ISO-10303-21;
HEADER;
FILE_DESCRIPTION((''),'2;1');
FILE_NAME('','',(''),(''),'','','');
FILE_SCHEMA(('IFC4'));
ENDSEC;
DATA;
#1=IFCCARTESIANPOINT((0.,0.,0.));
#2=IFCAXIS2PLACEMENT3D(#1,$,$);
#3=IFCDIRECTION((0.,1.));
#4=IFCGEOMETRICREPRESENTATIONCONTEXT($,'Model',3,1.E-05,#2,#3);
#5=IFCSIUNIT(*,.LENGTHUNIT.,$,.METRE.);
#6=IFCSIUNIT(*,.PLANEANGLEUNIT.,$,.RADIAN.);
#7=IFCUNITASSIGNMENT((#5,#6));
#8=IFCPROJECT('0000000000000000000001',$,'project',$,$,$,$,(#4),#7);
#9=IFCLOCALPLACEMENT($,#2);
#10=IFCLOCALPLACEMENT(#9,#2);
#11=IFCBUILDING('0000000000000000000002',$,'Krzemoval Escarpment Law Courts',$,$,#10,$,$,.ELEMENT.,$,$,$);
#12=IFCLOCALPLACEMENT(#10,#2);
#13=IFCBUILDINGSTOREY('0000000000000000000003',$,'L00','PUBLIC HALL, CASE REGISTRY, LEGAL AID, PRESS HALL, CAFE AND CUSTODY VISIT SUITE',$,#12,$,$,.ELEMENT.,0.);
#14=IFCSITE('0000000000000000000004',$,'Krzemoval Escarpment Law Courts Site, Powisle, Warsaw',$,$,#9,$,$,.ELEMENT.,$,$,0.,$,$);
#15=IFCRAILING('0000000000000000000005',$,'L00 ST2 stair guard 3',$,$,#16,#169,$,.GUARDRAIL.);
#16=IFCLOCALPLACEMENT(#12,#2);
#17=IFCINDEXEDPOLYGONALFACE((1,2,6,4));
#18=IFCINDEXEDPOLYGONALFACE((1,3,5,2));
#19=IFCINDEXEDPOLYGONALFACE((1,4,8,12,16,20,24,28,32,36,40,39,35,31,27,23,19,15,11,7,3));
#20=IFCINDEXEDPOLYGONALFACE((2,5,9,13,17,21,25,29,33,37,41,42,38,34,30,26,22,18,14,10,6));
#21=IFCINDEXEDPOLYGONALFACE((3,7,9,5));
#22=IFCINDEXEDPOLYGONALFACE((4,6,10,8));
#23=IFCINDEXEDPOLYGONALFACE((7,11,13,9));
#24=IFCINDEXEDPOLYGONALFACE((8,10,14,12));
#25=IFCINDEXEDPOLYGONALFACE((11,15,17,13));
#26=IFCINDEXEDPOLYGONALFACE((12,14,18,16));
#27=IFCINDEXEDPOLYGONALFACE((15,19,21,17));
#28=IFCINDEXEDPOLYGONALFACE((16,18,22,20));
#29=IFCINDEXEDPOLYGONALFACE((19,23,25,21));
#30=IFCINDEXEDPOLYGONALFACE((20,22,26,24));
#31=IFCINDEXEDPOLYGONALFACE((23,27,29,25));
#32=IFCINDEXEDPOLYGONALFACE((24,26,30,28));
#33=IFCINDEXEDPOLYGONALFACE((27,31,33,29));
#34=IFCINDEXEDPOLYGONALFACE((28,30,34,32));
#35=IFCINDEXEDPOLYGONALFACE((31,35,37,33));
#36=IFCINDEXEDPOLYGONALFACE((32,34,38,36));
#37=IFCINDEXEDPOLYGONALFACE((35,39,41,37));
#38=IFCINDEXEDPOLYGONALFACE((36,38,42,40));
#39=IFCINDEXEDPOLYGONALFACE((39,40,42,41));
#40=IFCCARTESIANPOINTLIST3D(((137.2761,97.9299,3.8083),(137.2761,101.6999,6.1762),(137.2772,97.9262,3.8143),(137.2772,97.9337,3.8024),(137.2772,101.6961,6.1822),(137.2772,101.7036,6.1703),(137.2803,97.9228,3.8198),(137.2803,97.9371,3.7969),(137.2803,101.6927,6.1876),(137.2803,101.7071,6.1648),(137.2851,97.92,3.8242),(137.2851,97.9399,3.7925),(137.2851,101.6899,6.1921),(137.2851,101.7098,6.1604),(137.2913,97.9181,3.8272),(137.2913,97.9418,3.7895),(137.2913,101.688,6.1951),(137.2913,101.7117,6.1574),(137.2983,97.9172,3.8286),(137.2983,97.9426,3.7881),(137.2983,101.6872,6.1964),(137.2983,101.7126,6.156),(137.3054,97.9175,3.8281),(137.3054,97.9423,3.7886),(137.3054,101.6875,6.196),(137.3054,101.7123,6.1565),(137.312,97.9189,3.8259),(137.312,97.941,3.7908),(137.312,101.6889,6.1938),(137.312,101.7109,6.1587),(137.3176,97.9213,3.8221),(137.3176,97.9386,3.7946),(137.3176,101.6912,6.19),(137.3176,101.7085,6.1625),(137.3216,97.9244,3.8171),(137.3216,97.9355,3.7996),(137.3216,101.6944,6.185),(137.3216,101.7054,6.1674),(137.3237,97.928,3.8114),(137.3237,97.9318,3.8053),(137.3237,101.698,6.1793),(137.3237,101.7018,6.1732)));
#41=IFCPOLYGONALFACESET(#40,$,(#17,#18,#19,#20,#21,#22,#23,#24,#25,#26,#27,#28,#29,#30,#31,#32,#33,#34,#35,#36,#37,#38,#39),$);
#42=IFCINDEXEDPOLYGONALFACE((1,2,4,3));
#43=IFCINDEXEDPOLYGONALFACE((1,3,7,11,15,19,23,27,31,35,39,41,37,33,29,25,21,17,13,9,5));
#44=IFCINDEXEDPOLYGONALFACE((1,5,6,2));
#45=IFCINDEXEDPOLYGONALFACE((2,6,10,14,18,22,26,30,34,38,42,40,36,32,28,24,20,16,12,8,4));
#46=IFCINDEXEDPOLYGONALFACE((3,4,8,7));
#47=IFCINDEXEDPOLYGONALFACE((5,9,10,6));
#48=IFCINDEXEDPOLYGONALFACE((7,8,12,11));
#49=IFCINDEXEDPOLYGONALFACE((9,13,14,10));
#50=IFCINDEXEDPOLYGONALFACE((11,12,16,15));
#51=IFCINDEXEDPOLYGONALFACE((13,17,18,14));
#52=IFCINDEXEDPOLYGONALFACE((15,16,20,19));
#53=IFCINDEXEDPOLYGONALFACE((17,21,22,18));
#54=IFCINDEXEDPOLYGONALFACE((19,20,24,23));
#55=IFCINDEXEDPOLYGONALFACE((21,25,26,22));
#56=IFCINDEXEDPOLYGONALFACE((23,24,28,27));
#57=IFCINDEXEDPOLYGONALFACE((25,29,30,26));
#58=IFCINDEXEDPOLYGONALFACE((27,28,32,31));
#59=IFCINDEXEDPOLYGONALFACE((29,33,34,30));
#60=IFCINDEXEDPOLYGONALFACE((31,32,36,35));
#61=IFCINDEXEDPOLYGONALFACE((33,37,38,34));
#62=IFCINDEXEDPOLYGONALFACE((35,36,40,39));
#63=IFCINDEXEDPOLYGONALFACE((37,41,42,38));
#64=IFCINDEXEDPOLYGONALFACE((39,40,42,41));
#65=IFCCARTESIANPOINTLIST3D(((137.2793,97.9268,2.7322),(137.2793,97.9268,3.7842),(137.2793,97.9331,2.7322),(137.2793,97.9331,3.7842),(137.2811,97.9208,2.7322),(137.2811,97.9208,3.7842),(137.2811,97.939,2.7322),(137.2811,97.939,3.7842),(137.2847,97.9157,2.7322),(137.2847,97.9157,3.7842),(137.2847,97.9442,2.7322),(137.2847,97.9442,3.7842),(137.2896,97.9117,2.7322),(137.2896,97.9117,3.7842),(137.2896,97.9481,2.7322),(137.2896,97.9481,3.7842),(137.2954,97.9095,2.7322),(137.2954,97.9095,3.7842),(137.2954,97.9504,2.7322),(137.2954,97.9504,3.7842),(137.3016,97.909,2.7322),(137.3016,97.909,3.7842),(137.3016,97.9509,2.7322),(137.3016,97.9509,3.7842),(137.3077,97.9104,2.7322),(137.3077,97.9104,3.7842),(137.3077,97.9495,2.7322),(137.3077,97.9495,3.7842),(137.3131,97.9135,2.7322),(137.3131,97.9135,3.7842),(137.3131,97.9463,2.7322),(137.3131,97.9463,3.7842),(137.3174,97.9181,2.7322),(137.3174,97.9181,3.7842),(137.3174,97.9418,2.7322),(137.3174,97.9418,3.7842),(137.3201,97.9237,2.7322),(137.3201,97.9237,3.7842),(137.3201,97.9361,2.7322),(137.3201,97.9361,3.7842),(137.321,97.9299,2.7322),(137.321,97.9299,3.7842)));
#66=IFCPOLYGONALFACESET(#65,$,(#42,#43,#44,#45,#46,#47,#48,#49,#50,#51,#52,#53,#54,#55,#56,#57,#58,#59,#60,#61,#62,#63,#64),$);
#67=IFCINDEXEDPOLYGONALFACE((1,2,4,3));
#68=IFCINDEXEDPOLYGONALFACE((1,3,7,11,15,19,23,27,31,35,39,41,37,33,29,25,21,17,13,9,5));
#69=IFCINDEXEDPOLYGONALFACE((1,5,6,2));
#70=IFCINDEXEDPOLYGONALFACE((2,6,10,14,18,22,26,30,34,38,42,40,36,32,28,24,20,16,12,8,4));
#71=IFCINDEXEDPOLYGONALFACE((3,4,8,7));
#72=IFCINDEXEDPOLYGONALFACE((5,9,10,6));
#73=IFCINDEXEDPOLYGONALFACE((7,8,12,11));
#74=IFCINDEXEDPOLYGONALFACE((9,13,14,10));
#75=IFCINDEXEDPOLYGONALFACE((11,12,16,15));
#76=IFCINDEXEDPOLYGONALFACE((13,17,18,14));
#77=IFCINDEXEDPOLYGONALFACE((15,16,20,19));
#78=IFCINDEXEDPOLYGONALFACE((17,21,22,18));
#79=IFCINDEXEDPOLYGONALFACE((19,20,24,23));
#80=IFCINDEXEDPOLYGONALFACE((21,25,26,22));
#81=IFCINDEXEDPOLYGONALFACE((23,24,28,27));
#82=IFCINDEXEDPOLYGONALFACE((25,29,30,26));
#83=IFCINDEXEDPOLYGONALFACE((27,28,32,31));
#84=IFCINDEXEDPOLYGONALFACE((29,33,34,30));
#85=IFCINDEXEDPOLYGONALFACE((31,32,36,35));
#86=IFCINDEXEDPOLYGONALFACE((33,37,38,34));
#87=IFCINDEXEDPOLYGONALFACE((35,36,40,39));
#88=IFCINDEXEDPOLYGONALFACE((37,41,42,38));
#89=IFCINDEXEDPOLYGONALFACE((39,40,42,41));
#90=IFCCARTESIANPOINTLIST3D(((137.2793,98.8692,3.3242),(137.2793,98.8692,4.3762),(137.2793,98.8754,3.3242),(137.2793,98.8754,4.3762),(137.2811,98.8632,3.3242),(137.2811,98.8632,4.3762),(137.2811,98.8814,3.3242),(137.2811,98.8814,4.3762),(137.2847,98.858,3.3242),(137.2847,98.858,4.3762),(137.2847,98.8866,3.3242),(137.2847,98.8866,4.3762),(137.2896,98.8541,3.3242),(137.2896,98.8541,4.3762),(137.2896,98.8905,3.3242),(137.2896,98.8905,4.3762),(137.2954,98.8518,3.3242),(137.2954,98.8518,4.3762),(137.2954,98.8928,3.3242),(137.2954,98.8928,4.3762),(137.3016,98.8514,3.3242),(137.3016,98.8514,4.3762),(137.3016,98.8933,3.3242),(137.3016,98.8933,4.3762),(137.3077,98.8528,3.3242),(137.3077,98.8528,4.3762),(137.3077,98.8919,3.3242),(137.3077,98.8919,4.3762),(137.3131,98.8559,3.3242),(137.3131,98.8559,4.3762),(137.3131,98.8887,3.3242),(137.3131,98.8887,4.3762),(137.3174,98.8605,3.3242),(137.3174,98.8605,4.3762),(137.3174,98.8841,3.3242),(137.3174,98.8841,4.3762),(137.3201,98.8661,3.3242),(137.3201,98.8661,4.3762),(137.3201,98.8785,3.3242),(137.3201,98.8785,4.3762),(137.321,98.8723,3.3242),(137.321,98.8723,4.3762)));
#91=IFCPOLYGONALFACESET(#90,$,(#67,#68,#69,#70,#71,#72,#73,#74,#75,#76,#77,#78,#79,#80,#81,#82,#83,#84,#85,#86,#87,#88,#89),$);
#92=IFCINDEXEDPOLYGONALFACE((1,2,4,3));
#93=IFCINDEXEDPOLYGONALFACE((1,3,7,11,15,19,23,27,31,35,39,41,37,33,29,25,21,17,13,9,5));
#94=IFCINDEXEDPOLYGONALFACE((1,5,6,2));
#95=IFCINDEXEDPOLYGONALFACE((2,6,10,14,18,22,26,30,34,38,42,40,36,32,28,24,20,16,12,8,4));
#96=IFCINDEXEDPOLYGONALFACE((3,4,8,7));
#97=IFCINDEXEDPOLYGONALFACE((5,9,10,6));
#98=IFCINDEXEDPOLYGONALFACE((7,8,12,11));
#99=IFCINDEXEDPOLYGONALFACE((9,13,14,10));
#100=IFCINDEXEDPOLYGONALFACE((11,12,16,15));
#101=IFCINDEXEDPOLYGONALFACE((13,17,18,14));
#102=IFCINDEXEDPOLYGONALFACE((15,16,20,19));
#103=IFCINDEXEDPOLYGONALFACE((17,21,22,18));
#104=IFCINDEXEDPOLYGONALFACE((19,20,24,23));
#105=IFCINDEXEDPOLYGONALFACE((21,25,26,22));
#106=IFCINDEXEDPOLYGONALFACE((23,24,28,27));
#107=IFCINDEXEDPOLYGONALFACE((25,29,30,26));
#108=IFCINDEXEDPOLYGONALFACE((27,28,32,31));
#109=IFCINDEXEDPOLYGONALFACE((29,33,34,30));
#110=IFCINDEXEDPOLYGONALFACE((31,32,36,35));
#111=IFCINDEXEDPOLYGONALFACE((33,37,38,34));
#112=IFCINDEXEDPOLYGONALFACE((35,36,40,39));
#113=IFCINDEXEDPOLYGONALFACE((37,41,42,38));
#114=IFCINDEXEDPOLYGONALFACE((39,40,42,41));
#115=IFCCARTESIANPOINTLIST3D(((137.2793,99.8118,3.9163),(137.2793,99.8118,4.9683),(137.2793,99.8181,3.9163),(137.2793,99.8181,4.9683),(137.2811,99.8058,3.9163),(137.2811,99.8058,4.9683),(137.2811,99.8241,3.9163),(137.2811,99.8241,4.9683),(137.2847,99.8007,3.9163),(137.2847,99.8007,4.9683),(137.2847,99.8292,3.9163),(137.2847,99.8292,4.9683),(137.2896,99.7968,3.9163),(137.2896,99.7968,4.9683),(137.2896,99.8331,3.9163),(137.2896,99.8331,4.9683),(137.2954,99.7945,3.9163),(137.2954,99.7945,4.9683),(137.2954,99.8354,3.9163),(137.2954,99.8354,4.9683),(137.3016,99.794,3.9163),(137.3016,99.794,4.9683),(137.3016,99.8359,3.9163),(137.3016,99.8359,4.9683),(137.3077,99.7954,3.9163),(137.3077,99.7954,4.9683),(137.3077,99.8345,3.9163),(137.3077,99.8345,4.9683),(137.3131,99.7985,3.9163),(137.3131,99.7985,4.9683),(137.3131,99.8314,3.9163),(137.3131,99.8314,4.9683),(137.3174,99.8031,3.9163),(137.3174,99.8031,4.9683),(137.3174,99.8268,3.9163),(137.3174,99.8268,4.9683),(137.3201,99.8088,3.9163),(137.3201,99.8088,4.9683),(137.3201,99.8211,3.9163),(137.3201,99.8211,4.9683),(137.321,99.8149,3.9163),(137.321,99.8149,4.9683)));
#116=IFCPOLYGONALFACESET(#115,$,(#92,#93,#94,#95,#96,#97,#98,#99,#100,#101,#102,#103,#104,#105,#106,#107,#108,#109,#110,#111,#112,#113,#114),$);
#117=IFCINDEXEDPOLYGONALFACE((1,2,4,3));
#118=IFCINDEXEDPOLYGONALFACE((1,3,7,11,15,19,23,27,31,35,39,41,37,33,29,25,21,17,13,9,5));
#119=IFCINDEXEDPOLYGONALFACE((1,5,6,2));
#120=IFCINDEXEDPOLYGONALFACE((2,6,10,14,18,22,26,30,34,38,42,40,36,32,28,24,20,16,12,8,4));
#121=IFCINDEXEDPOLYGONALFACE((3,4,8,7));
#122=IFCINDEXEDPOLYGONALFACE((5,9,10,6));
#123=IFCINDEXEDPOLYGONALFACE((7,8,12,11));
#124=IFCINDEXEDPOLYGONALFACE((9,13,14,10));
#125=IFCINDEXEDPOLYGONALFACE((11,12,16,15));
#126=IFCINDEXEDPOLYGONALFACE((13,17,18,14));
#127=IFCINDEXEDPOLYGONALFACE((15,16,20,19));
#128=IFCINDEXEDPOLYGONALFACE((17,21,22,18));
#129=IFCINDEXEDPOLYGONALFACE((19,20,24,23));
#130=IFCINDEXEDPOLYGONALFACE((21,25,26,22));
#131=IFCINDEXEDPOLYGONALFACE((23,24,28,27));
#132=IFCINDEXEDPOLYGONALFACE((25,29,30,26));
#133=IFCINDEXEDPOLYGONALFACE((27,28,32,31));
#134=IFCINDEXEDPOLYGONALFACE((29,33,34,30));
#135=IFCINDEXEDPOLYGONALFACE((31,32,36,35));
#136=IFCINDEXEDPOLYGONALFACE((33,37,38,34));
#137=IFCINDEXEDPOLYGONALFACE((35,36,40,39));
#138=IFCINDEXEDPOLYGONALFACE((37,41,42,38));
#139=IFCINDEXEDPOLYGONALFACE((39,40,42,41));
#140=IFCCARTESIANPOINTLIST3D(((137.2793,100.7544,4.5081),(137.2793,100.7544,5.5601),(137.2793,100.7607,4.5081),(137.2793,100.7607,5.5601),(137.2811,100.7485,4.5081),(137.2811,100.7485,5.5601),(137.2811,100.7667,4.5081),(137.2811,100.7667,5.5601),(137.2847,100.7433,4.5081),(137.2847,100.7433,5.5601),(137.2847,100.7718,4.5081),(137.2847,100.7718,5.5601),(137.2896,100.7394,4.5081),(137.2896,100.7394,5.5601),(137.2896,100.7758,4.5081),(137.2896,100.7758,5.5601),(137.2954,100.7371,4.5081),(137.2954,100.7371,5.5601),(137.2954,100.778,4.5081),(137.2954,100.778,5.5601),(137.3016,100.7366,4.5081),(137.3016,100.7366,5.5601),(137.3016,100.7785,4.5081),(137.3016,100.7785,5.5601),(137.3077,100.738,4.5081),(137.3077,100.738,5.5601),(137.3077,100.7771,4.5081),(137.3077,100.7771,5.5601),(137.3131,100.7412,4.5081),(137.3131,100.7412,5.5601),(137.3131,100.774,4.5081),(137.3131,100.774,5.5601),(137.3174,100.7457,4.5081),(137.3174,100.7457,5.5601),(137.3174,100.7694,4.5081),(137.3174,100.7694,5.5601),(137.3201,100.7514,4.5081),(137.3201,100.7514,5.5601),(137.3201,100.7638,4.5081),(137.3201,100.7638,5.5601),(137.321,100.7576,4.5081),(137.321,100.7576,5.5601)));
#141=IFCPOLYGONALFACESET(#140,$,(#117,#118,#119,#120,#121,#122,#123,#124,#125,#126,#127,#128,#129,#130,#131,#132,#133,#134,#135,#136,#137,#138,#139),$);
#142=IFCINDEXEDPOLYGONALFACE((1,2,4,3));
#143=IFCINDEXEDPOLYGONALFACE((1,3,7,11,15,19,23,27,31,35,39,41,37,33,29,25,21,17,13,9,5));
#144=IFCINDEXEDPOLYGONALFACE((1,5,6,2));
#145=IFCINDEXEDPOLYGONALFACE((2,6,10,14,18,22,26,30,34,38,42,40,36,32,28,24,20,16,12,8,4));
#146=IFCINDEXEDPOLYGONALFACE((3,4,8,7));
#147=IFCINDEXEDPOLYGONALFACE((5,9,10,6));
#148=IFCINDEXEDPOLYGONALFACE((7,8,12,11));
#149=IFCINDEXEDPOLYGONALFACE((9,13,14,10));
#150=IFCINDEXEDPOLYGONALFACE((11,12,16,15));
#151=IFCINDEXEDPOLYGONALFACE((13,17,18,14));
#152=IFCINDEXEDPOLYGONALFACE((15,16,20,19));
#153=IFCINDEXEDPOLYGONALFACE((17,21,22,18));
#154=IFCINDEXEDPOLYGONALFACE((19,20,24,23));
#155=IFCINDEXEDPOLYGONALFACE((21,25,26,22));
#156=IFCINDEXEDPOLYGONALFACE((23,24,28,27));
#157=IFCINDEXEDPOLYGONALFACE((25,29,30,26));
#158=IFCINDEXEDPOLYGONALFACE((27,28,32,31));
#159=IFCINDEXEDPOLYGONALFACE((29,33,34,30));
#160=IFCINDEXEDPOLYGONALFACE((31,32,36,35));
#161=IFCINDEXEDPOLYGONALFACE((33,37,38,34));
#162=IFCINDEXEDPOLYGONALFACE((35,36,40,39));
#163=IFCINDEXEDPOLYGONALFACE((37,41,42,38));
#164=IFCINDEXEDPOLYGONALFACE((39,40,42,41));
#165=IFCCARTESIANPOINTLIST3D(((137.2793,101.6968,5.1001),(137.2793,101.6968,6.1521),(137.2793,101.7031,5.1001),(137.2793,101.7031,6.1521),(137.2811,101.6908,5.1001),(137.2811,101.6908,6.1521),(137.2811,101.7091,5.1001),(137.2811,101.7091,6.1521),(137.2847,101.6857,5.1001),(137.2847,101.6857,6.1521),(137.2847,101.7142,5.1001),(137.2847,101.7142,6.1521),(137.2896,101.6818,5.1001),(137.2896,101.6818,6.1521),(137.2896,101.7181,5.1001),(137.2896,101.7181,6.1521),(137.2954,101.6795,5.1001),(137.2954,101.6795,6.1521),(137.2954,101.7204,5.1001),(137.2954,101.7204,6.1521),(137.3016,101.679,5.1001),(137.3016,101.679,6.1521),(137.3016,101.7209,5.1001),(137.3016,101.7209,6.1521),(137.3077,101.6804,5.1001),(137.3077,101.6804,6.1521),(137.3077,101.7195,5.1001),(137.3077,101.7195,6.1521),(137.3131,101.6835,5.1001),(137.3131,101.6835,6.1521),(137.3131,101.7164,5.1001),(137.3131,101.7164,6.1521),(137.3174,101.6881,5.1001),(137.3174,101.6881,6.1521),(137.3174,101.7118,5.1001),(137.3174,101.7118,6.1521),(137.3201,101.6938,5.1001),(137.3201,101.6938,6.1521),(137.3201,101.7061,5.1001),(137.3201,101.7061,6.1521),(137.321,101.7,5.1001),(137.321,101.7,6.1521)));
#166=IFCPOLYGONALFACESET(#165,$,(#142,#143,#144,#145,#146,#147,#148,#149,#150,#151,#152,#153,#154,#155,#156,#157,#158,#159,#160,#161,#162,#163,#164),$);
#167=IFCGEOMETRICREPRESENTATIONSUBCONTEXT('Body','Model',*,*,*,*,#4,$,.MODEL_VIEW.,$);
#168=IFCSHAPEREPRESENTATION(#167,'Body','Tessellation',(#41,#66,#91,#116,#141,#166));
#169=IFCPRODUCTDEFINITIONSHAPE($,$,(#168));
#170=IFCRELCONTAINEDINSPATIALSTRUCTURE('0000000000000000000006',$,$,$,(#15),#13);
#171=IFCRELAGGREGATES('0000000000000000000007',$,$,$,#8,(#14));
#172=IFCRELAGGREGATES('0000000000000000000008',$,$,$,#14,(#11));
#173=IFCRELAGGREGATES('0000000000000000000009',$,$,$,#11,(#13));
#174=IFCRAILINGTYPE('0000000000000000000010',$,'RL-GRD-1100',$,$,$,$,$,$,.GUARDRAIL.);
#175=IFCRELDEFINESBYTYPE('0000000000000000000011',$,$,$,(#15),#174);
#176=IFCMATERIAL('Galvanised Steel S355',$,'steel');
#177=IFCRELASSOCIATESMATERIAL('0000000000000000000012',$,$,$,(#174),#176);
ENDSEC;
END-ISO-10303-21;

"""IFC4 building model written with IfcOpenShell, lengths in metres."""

from ifc_helpers import new_model, si_unit, direction, frame, origin, origin_2d, place, context, subcontext, project, spatial, circle, extrude, material, type_object, element, save


model = new_model("IFC4")

# Units and contexts
model_context = context("Model", 3, precision=1e-05, world=origin(), true_north=direction((0.0, 1.0)))
body_context = subcontext(model_context, "Body", "Model", "MODEL_VIEW")
ifc_project = project(units=[si_unit("LENGTHUNIT", "METRE"), si_unit("PLANEANGLEUNIT", "RADIAN")], contexts=[model_context])

# Site, building, storey
site_placement = place(None, origin())
site = spatial("IfcSite", under=ifc_project, at=site_placement, Name="Krzemoval Escarpment Law Courts Site, Powisle, Warsaw", CompositionType="ELEMENT", RefElevation=0.0)
building_placement = place(site_placement, origin())
building = spatial("IfcBuilding", under=site, at=building_placement, Name="Krzemoval Escarpment Law Courts", CompositionType="ELEMENT")
storey_placement = place(building_placement, origin())
storey = spatial("IfcBuildingStorey", under=building, at=storey_placement, Name="L00", Description="PUBLIC HALL, CASE REGISTRY, LEGAL AID, PRESS HALL, CAFE AND CUSTODY VISIT SUITE", CompositionType="ELEMENT", Elevation=0.0)

# Railing
ifc_material_1 = material(Name="Galvanised Steel S355", Category="steel")
railing_type_1 = type_object("IfcRailingType", Name="RL-GRD-1100", PredefinedType="GUARDRAIL", material=ifc_material_1)
railing_1_placement = place(storey_placement, frame((137.3, 97.9299, 2.7322)))
element("IfcRailing", 1, at=railing_1_placement, inside=storey, type_object=railing_type_1, Name="L00 ST2 stair guard 3", PredefinedType="GUARDRAIL", context=body_context, shape_type="SweptSolid", body=[
    extrude(circle(Radius=0.0239, at=origin_2d()), frame((0.0, 0.0, 1.0762), z_axis=(0.0, 0.846819, 0.531881), x_axis=(-1.0, 0.0, 0.0)), (0.0, 0.0, 1.0), 4.4519),
    extrude(circle(Radius=0.021, at=origin_2d()), origin(), (0.0, 0.0, 1.0), 1.052),
    extrude(circle(Radius=0.021, at=origin_2d()), frame((0.0, 0.9424, 0.592)), (0.0, 0.0, 1.0), 1.052),
    extrude(circle(Radius=0.021, at=origin_2d()), frame((0.0, 1.885, 1.1841)), (0.0, 0.0, 1.0), 1.052),
    extrude(circle(Radius=0.021, at=origin_2d()), frame((0.0, 2.8276, 1.7759)), (0.0, 0.0, 1.0), 1.052),
    extrude(circle(Radius=0.021, at=origin_2d()), frame((0.0, 3.77, 2.3679)), (0.0, 0.0, 1.0), 1.052),
])

save(model, "model.ifc")
